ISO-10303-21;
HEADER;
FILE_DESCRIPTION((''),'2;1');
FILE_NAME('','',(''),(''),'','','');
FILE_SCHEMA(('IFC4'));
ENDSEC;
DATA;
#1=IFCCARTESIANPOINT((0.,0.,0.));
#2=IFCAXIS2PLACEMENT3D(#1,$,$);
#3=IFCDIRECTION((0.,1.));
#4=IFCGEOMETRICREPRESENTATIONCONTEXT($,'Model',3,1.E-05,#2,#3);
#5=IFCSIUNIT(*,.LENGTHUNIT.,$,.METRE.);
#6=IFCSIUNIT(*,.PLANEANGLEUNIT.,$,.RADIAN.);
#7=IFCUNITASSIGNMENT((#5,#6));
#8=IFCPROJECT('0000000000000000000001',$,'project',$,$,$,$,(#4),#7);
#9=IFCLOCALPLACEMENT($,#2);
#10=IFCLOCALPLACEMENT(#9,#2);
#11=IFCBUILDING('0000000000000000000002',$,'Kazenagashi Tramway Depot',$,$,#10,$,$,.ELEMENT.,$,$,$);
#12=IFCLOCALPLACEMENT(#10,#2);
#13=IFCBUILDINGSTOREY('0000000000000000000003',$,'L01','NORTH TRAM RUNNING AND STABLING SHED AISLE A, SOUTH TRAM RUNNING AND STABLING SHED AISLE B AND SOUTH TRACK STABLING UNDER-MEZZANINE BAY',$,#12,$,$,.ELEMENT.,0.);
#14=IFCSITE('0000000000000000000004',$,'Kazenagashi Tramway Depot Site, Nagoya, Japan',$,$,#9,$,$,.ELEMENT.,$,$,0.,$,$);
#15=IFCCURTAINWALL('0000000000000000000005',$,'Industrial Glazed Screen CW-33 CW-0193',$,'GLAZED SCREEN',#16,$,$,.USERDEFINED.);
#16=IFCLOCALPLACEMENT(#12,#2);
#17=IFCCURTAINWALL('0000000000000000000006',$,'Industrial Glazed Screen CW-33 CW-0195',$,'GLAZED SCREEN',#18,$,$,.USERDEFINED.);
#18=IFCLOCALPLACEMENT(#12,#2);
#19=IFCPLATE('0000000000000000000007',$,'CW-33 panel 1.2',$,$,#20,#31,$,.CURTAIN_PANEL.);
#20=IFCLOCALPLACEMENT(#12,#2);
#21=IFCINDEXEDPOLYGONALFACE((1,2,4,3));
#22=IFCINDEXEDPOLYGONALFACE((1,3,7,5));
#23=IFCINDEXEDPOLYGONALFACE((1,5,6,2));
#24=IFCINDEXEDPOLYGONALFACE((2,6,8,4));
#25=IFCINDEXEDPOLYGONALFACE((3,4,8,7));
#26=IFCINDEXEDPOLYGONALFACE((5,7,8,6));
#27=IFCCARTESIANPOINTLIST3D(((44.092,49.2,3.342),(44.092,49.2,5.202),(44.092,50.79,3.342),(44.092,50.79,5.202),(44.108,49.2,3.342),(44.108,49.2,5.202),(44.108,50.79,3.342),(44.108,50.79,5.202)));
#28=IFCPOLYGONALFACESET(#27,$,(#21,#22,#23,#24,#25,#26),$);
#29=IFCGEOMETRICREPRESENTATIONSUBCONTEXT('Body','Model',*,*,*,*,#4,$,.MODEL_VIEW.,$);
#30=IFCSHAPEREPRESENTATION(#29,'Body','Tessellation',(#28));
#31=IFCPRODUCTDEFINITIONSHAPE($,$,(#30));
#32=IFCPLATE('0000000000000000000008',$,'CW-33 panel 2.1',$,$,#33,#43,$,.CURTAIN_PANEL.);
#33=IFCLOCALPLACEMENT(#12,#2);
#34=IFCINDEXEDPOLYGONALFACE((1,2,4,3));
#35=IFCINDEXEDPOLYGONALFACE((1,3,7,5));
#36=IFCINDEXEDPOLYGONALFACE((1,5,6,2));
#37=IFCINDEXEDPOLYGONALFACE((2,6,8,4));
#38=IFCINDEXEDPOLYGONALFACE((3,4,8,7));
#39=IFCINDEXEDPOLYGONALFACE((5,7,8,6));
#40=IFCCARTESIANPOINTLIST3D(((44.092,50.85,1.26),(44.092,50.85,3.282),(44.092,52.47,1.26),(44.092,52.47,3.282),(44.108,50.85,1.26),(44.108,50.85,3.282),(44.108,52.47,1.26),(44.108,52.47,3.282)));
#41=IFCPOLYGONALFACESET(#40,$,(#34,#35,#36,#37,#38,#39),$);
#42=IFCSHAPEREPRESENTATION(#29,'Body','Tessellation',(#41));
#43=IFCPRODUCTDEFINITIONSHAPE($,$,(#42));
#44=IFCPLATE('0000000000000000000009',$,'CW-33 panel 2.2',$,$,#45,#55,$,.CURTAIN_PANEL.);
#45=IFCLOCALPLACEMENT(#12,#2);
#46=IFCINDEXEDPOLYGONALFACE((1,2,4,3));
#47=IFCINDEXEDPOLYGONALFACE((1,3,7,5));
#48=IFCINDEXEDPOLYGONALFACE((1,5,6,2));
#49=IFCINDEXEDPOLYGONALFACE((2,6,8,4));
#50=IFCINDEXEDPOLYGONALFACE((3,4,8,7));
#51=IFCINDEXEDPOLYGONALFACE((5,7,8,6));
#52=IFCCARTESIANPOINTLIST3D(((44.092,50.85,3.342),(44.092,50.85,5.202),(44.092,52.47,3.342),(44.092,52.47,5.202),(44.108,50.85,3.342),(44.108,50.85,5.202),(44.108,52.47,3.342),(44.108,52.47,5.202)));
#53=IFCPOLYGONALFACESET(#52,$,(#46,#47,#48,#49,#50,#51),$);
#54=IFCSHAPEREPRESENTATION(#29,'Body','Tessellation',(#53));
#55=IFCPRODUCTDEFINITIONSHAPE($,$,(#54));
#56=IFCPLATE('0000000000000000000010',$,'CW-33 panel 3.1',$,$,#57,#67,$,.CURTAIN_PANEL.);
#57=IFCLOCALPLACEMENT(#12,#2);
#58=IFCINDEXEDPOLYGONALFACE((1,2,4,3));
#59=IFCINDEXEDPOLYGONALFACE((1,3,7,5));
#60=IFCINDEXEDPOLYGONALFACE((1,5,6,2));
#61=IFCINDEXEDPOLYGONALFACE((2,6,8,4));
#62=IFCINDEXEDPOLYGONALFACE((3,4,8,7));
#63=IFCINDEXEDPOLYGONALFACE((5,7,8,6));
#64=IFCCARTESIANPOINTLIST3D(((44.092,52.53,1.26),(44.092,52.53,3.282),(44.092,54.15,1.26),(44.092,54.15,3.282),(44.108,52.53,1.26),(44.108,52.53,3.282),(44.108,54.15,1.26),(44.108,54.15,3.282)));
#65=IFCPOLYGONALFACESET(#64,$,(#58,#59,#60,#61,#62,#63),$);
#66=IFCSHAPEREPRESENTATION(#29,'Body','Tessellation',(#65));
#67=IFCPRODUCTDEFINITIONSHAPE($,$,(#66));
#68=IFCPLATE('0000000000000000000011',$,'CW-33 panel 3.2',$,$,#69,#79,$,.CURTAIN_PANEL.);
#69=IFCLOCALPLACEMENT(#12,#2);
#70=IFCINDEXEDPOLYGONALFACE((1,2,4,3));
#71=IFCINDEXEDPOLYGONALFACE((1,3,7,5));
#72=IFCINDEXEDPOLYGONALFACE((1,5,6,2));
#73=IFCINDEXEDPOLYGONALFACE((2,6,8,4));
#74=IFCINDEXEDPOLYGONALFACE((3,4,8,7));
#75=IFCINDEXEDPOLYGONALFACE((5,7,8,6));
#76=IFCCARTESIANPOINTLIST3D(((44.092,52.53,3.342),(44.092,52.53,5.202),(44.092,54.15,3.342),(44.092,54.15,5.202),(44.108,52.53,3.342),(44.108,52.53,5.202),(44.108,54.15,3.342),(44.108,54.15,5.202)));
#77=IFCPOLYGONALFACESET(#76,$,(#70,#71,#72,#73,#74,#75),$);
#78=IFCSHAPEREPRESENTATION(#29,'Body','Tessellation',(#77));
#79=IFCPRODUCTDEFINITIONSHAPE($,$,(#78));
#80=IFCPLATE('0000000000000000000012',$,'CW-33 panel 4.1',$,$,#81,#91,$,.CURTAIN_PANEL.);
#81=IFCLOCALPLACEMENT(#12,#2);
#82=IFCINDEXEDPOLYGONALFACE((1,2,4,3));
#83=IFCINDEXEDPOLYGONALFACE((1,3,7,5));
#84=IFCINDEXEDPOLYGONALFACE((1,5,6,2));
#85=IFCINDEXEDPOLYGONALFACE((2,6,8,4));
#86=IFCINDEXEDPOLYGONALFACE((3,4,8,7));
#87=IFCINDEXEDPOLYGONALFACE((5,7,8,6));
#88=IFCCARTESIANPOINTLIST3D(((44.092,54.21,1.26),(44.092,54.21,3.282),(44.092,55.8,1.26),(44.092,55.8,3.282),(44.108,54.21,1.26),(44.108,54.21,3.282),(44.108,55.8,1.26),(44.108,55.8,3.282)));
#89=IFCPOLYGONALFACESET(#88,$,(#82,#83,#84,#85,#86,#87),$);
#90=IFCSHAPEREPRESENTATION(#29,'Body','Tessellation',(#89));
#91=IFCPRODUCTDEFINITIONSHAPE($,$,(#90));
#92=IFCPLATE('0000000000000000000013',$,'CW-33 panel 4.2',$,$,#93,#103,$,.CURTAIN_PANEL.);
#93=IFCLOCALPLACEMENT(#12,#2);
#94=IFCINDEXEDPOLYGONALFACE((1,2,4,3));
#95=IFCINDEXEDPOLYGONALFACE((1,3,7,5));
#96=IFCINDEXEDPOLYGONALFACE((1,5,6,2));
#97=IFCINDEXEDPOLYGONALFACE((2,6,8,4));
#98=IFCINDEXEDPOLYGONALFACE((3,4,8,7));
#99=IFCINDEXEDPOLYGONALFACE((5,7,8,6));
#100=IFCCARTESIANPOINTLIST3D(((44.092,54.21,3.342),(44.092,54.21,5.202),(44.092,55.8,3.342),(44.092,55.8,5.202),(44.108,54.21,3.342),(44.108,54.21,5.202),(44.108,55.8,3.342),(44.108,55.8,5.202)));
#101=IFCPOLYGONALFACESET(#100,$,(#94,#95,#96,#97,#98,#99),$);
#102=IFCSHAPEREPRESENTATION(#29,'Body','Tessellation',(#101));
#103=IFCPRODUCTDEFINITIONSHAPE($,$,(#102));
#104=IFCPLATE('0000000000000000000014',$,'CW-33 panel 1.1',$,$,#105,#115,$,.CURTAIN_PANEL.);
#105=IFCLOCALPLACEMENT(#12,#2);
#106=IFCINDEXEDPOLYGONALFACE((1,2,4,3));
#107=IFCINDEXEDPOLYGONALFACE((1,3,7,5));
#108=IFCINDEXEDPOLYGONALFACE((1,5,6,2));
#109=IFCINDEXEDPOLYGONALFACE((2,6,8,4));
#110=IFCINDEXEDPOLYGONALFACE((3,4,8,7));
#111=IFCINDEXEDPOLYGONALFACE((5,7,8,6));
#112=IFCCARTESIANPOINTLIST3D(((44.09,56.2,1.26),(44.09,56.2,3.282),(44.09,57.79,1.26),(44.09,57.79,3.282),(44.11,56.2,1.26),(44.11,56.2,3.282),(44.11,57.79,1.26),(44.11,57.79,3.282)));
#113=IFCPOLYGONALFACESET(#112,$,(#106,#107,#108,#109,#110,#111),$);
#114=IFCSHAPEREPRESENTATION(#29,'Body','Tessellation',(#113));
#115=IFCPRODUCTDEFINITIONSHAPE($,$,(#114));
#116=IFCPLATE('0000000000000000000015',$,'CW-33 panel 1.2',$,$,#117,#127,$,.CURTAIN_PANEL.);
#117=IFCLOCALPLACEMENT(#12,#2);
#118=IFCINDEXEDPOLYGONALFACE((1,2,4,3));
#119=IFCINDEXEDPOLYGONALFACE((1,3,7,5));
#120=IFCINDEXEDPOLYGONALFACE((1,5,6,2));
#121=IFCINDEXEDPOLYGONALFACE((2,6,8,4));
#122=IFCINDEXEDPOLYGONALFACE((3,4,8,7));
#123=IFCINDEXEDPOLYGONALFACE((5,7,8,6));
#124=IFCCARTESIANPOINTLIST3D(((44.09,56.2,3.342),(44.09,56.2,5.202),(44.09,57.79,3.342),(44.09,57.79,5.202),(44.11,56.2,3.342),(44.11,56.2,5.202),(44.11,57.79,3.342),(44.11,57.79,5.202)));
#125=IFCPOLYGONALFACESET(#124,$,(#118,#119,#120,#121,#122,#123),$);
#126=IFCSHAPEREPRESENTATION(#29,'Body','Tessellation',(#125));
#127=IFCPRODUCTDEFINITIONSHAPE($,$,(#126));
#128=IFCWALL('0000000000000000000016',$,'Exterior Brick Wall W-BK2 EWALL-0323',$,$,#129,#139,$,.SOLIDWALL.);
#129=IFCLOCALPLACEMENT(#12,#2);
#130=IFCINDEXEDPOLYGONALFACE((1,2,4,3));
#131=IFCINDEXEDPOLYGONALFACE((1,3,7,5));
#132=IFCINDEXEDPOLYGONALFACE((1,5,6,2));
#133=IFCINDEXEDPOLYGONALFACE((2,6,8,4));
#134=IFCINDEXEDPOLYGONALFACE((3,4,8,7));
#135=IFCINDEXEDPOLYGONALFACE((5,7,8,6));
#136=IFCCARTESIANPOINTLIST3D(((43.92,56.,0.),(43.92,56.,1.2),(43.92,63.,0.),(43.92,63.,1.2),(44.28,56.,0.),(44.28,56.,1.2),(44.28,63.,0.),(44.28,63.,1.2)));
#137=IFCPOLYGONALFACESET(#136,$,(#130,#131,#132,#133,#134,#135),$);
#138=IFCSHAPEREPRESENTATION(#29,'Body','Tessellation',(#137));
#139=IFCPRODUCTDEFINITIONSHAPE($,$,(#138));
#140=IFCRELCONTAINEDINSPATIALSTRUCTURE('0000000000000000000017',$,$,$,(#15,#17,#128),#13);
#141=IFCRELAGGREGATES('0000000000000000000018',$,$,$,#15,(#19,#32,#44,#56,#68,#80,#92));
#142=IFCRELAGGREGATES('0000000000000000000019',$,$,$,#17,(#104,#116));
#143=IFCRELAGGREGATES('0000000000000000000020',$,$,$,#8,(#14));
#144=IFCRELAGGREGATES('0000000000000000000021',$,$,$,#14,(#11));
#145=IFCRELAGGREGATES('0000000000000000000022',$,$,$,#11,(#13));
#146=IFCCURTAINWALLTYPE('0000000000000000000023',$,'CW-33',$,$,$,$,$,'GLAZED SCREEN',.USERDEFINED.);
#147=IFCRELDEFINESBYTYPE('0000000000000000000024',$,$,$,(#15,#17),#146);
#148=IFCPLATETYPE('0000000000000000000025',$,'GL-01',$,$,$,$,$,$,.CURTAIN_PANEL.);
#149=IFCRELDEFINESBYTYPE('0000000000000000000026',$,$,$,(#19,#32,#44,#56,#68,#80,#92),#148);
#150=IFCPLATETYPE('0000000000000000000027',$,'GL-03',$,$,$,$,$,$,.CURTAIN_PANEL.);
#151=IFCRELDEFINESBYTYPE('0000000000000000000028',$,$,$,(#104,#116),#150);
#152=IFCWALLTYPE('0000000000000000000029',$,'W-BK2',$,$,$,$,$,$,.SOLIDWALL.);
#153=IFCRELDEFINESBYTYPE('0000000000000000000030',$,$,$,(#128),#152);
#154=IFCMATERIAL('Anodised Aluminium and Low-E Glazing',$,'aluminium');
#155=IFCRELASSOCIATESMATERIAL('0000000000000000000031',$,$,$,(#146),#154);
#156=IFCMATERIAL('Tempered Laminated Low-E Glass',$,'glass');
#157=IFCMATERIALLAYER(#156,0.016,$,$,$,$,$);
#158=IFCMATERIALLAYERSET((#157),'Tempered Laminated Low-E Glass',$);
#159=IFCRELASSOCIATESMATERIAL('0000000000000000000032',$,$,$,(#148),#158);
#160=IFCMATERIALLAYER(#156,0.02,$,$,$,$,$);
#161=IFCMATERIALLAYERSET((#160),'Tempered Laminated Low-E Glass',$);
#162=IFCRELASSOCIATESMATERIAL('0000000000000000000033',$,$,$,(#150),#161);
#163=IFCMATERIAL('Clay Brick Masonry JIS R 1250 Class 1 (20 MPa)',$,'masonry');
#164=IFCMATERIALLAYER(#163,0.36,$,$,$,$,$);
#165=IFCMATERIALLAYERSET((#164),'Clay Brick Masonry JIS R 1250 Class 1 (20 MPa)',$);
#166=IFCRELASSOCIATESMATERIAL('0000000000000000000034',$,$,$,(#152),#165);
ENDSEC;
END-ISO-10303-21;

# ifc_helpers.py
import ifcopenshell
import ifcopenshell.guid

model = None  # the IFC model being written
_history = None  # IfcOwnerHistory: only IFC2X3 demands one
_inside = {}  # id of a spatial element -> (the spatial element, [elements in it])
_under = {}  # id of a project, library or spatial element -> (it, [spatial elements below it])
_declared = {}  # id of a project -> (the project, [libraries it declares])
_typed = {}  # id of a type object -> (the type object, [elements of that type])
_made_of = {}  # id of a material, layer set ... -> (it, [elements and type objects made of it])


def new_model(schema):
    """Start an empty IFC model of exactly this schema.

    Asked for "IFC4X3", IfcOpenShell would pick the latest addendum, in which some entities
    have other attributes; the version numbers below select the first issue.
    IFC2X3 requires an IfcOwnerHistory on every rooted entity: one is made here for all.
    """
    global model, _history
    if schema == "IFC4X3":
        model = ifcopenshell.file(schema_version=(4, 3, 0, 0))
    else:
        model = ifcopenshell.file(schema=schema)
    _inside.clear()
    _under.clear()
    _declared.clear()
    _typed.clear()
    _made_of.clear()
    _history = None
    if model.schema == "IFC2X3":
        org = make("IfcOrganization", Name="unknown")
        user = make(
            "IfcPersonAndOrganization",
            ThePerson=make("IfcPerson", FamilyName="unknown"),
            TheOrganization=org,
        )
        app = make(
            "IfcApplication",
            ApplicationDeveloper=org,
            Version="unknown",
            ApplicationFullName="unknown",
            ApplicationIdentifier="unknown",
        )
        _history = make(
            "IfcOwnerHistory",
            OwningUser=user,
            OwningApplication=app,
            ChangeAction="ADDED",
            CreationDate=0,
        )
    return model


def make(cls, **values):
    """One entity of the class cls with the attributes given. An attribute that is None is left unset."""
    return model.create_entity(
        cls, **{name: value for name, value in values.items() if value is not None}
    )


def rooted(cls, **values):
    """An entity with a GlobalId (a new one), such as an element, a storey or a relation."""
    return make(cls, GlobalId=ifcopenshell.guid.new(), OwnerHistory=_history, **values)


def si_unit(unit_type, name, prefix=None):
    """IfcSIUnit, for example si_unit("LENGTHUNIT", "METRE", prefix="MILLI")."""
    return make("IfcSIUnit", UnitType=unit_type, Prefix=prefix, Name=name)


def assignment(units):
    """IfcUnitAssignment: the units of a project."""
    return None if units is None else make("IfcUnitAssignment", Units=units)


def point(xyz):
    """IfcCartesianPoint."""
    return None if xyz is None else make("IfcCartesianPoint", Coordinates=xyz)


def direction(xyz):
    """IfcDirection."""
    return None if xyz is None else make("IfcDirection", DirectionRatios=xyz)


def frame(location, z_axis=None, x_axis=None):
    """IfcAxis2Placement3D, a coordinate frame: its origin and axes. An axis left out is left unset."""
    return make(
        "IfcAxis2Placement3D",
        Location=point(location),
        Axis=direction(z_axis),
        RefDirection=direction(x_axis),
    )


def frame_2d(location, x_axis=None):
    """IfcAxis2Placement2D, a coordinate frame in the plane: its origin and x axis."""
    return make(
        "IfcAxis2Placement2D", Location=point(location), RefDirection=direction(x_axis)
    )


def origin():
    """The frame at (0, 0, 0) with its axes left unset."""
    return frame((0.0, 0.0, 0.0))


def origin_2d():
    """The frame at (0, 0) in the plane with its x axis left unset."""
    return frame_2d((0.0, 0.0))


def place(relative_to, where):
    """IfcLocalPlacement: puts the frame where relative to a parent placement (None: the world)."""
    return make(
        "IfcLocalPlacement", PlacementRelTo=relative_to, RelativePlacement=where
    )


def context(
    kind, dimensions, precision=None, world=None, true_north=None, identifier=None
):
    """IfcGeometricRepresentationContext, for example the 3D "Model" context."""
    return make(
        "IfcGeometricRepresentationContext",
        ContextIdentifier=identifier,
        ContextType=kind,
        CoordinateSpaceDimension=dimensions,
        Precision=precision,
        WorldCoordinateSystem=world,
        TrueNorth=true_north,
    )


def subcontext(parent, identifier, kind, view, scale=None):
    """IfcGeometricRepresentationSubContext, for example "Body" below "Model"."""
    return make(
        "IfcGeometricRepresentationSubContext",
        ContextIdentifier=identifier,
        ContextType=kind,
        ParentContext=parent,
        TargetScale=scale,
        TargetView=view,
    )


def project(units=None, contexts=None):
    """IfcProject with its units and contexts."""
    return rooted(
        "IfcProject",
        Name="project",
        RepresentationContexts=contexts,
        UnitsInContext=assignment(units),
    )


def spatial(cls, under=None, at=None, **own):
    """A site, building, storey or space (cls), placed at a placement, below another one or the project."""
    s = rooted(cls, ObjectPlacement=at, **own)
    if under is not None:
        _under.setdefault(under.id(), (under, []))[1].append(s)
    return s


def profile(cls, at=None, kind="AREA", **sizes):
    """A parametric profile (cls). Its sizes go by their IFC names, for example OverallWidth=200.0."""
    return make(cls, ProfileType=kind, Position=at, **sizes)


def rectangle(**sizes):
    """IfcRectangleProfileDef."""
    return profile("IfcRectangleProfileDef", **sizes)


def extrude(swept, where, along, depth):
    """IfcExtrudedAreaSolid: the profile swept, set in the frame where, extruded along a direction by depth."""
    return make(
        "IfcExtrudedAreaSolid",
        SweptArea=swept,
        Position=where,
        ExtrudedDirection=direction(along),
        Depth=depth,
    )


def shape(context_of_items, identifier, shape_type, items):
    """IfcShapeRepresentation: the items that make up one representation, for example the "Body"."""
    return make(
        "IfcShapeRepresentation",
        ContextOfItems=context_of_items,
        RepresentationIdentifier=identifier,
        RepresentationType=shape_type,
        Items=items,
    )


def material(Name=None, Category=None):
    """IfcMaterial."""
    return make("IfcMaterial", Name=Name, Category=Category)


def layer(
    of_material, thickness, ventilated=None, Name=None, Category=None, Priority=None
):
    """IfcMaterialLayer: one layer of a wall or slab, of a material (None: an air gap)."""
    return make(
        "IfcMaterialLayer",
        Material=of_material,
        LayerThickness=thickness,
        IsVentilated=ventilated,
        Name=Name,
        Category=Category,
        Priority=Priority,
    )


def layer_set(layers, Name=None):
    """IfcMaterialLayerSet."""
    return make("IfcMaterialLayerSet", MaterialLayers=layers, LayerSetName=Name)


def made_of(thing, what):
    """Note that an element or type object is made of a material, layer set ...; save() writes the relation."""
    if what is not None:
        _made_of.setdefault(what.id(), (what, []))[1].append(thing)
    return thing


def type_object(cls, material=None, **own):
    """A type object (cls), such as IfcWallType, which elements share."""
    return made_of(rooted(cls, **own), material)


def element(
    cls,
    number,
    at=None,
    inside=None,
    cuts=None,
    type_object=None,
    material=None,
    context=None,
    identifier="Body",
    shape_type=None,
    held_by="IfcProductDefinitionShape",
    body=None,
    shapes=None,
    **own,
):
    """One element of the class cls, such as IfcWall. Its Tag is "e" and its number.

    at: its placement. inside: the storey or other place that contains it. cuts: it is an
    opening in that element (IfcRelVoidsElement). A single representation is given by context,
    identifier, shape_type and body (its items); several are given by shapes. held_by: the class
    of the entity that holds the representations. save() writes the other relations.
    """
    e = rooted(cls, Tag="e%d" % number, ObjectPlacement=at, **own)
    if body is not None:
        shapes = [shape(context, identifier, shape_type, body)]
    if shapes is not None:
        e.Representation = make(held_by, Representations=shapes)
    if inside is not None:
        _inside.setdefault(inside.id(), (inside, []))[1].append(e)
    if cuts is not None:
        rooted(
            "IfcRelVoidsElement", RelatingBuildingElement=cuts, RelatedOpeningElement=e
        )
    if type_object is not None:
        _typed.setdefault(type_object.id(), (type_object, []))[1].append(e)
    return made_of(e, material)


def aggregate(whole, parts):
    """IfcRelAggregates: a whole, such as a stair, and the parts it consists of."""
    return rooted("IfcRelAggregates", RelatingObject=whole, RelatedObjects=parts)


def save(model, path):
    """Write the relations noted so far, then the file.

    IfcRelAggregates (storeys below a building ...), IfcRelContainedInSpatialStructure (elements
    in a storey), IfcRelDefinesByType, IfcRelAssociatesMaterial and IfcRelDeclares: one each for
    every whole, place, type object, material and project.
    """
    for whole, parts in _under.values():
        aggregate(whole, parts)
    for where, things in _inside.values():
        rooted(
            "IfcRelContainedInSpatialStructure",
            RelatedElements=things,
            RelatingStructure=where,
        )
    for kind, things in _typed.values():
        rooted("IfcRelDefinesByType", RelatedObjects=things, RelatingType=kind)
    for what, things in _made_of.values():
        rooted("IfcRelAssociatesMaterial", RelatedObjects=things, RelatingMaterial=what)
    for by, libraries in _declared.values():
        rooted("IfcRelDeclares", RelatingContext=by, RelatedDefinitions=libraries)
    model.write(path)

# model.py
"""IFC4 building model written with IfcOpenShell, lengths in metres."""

from ifc_helpers import new_model, si_unit, direction, frame, frame_2d, origin, origin_2d, place, context, subcontext, project, spatial, rectangle, extrude, material, layer, layer_set, type_object, element, aggregate, save


model = new_model("IFC4")

# Units and contexts
model_context = context("Model", 3, precision=1e-05, world=origin(), true_north=direction((0.0, 1.0)))
body_context = subcontext(model_context, "Body", "Model", "MODEL_VIEW")
ifc_project = project(units=[si_unit("LENGTHUNIT", "METRE"), si_unit("PLANEANGLEUNIT", "RADIAN")], contexts=[model_context])

# Site, building, storey
site_placement = place(None, origin())
site = spatial("IfcSite", under=ifc_project, at=site_placement, Name="Kazenagashi Tramway Depot Site, Nagoya, Japan", CompositionType="ELEMENT", RefElevation=0.0)
building_placement = place(site_placement, origin())
building = spatial("IfcBuilding", under=site, at=building_placement, Name="Kazenagashi Tramway Depot", CompositionType="ELEMENT")
storey_placement = place(building_placement, origin())
storey = spatial("IfcBuildingStorey", under=building, at=storey_placement, Name="L01", Description="NORTH TRAM RUNNING AND STABLING SHED AISLE A, SOUTH TRAM RUNNING AND STABLING SHED AISLE B AND SOUTH TRACK STABLING UNDER-MEZZANINE BAY", CompositionType="ELEMENT", Elevation=0.0)

# Curtain walls
ifc_material_1 = material(Name="Anodised Aluminium and Low-E Glazing", Category="aluminium")
curtain_wall_type = type_object("IfcCurtainWallType", Name="CW-33", ElementType="GLAZED SCREEN", PredefinedType="USERDEFINED", material=ifc_material_1)
curtain_wall_1_placement = place(storey_placement, origin())
curtain_wall_1 = element("IfcCurtainWall", 1, at=curtain_wall_1_placement, inside=storey, type_object=curtain_wall_type, Name="Industrial Glazed Screen CW-33 CW-0193", ObjectType="GLAZED SCREEN", PredefinedType="USERDEFINED")
curtain_wall_2_placement = place(storey_placement, origin())
curtain_wall_2 = element("IfcCurtainWall", 2, at=curtain_wall_2_placement, inside=storey, type_object=curtain_wall_type, Name="Industrial Glazed Screen CW-33 CW-0195", ObjectType="GLAZED SCREEN", PredefinedType="USERDEFINED")

# Plates
ifc_material_2 = material(Name="Tempered Laminated Low-E Glass", Category="glass")
ifc_layer_1 = layer(ifc_material_2, 0.016)
ifc_layer_set_1 = layer_set([ifc_layer_1], Name="Tempered Laminated Low-E Glass")
plate_type_1 = type_object("IfcPlateType", Name="GL-01", PredefinedType="CURTAIN_PANEL", material=ifc_layer_set_1)
plate_1_placement = place(storey_placement, frame((44.1, 49.995, 3.342), z_axis=(0.0, 0.0, 1.0), x_axis=(0.0, 1.0, 0.0)))
plate_1 = element("IfcPlate", 3, at=plate_1_placement, type_object=plate_type_1, Name="CW-33 panel 1.2", PredefinedType="CURTAIN_PANEL", context=body_context, shape_type="SweptSolid", body=[
    extrude(rectangle(XDim=1.59, YDim=0.016, at=origin_2d()), origin(), (0.0, 0.0, 1.0), 1.86),
])
plate_2_placement = place(storey_placement, frame((44.1, 51.66, 1.26), z_axis=(0.0, 0.0, 1.0), x_axis=(0.0, 1.0, 0.0)))
plate_2 = element("IfcPlate", 4, at=plate_2_placement, type_object=plate_type_1, Name="CW-33 panel 2.1", PredefinedType="CURTAIN_PANEL", context=body_context, shape_type="SweptSolid", body=[
    extrude(rectangle(XDim=1.62, YDim=0.016, at=origin_2d()), origin(), (0.0, 0.0, 1.0), 2.022),
])
plate_3_placement = place(storey_placement, frame((44.1, 51.66, 3.342), z_axis=(0.0, 0.0, 1.0), x_axis=(0.0, 1.0, 0.0)))
plate_3 = element("IfcPlate", 5, at=plate_3_placement, type_object=plate_type_1, Name="CW-33 panel 2.2", PredefinedType="CURTAIN_PANEL", context=body_context, shape_type="SweptSolid", body=[
    extrude(rectangle(XDim=1.62, YDim=0.016, at=origin_2d()), origin(), (0.0, 0.0, 1.0), 1.86),
])
plate_4_placement = place(storey_placement, frame((44.1, 53.34, 1.26), z_axis=(0.0, 0.0, 1.0), x_axis=(0.0, 1.0, 0.0)))
plate_4 = element("IfcPlate", 6, at=plate_4_placement, type_object=plate_type_1, Name="CW-33 panel 3.1", PredefinedType="CURTAIN_PANEL", context=body_context, shape_type="SweptSolid", body=[
    extrude(rectangle(XDim=1.62, YDim=0.016, at=origin_2d()), origin(), (0.0, 0.0, 1.0), 2.022),
])
plate_5_placement = place(storey_placement, frame((44.1, 53.34, 3.342), z_axis=(0.0, 0.0, 1.0), x_axis=(0.0, 1.0, 0.0)))
plate_5 = element("IfcPlate", 7, at=plate_5_placement, type_object=plate_type_1, Name="CW-33 panel 3.2", PredefinedType="CURTAIN_PANEL", context=body_context, shape_type="SweptSolid", body=[
    extrude(rectangle(XDim=1.62, YDim=0.016, at=origin_2d()), origin(), (0.0, 0.0, 1.0), 1.86),
])
plate_6_placement = place(storey_placement, frame((44.1, 55.005, 1.26), z_axis=(0.0, 0.0, 1.0), x_axis=(0.0, 1.0, 0.0)))
plate_6 = element("IfcPlate", 8, at=plate_6_placement, type_object=plate_type_1, Name="CW-33 panel 4.1", PredefinedType="CURTAIN_PANEL", context=body_context, shape_type="SweptSolid", body=[
    extrude(rectangle(XDim=1.59, YDim=0.016, at=origin_2d()), origin(), (0.0, 0.0, 1.0), 2.022),
])
plate_7_placement = place(storey_placement, frame((44.1, 55.005, 3.342), z_axis=(0.0, 0.0, 1.0), x_axis=(0.0, 1.0, 0.0)))
plate_7 = element("IfcPlate", 9, at=plate_7_placement, type_object=plate_type_1, Name="CW-33 panel 4.2", PredefinedType="CURTAIN_PANEL", context=body_context, shape_type="SweptSolid", body=[
    extrude(rectangle(XDim=1.59, YDim=0.016, at=origin_2d()), origin(), (0.0, 0.0, 1.0), 1.86),
])
aggregate(curtain_wall_1, [plate_1, plate_2, plate_3, plate_4, plate_5, plate_6, plate_7])
ifc_layer_2 = layer(ifc_material_2, 0.02)
ifc_layer_set_2 = layer_set([ifc_layer_2], Name="Tempered Laminated Low-E Glass")
plate_type_2 = type_object("IfcPlateType", Name="GL-03", PredefinedType="CURTAIN_PANEL", material=ifc_layer_set_2)
plate_8_placement = place(storey_placement, frame((44.1, 56.995, 1.26), z_axis=(0.0, 0.0, 1.0), x_axis=(0.0, 1.0, 0.0)))
plate_8 = element("IfcPlate", 10, at=plate_8_placement, type_object=plate_type_2, Name="CW-33 panel 1.1", PredefinedType="CURTAIN_PANEL", context=body_context, shape_type="SweptSolid", body=[
    extrude(rectangle(XDim=1.59, YDim=0.02, at=origin_2d()), origin(), (0.0, 0.0, 1.0), 2.022),
])
plate_9_placement = place(storey_placement, frame((44.1, 56.995, 3.342), z_axis=(0.0, 0.0, 1.0), x_axis=(0.0, 1.0, 0.0)))
plate_9 = element("IfcPlate", 11, at=plate_9_placement, type_object=plate_type_2, Name="CW-33 panel 1.2", PredefinedType="CURTAIN_PANEL", context=body_context, shape_type="SweptSolid", body=[
    extrude(rectangle(XDim=1.59, YDim=0.02, at=origin_2d()), origin(), (0.0, 0.0, 1.0), 1.86),
])
aggregate(curtain_wall_2, [plate_8, plate_9])

# Wall
ifc_material_3 = material(Name="Clay Brick Masonry JIS R 1250 Class 1 (20 MPa)", Category="masonry")
ifc_layer_3 = layer(ifc_material_3, 0.36)
ifc_layer_set_3 = layer_set([ifc_layer_3], Name="Clay Brick Masonry JIS R 1250 Class 1 (20 MPa)")
wall_type = type_object("IfcWallType", Name="W-BK2", PredefinedType="SOLIDWALL", material=ifc_layer_set_3)
wall_placement = place(storey_placement, frame((44.1, 56.0, 0.0), z_axis=(0.0, 0.0, 1.0), x_axis=(0.0, 1.0, 0.0)))
element("IfcWall", 12, at=wall_placement, inside=storey, type_object=wall_type, Name="Exterior Brick Wall W-BK2 EWALL-0323", PredefinedType="SOLIDWALL", context=body_context, shape_type="SweptSolid", body=[
    extrude(rectangle(XDim=7.0, YDim=0.36, at=frame_2d((3.5, 0.0))), origin(), (0.0, 0.0, 1.0), 1.2),
])

save(model, "model.ifc")
